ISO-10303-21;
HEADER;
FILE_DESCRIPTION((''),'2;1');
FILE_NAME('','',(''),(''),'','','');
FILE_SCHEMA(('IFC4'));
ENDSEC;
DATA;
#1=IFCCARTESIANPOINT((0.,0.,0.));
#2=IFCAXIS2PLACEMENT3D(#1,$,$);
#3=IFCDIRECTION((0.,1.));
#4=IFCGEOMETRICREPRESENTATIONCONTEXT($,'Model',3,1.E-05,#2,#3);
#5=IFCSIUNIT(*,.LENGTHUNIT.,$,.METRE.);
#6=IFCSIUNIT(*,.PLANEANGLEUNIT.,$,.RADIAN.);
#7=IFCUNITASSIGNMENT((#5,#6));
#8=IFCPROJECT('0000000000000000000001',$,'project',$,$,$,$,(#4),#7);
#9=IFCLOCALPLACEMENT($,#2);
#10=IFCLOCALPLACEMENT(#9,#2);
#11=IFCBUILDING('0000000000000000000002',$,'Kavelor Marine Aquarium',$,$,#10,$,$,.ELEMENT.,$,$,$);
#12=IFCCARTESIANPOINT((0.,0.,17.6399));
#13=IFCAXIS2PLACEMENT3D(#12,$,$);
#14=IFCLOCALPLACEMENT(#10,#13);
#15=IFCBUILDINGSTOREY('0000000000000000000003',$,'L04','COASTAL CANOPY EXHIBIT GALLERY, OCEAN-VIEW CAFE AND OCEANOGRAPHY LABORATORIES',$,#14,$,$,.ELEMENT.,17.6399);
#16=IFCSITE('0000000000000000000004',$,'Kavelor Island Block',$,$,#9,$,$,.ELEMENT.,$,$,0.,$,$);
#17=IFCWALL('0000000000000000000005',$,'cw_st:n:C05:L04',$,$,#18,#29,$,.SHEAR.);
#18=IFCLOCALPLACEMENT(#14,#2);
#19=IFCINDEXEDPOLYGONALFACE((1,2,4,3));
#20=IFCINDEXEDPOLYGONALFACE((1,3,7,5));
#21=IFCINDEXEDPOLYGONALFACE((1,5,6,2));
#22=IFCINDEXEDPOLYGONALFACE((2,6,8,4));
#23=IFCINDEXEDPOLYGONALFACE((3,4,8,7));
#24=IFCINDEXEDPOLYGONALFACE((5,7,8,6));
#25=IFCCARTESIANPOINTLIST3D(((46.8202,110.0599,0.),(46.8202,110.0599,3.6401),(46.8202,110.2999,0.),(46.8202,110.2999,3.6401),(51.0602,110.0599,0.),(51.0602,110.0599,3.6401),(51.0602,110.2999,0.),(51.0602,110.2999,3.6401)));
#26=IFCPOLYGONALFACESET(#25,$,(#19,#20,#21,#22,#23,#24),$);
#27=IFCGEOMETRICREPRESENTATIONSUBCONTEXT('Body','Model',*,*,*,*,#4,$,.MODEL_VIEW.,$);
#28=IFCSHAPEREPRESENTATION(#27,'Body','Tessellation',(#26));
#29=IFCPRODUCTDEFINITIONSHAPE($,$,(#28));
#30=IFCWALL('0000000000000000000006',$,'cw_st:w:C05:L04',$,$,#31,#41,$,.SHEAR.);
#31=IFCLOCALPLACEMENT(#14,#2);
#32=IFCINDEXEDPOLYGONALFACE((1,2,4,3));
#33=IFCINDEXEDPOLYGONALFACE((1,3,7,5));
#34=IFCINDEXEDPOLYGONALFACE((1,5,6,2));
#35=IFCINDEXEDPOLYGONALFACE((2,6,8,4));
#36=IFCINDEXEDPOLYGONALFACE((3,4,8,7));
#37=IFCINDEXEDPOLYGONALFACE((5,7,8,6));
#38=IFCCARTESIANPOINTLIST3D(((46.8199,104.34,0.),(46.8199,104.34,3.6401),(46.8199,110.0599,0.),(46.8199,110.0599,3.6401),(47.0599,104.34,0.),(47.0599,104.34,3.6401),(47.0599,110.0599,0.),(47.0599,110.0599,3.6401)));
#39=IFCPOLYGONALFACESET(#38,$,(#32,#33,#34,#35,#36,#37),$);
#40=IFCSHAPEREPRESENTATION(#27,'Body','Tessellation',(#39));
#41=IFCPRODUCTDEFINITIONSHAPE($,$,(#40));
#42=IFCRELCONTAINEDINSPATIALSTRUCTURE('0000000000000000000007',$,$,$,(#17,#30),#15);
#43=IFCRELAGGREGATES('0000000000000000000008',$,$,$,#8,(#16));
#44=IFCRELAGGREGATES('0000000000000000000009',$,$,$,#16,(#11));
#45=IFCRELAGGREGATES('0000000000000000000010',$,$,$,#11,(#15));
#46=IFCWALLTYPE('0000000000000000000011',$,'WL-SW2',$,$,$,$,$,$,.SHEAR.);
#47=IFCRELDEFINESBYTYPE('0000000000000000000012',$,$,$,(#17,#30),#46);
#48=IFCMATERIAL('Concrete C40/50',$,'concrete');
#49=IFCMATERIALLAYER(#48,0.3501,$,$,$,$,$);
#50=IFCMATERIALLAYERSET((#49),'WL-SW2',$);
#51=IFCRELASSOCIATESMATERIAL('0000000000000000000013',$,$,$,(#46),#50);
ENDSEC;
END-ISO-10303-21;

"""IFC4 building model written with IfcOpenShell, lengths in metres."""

from ifc_helpers import new_model, si_unit, direction, frame, frame_2d, origin, place, context, subcontext, project, spatial, rectangle, extrude, material, layer, layer_set, type_object, element, save


model = new_model("IFC4")

# Units and contexts
model_context = context("Model", 3, precision=1e-05, world=origin(), true_north=direction((0.0, 1.0)))
body_context = subcontext(model_context, "Body", "Model", "MODEL_VIEW")
ifc_project = project(units=[si_unit("LENGTHUNIT", "METRE"), si_unit("PLANEANGLEUNIT", "RADIAN")], contexts=[model_context])

# Site, building, storey
site_placement = place(None, origin())
site = spatial("IfcSite", under=ifc_project, at=site_placement, Name="Kavelor Island Block", CompositionType="ELEMENT", RefElevation=0.0)
building_placement = place(site_placement, origin())
building = spatial("IfcBuilding", under=site, at=building_placement, Name="Kavelor Marine Aquarium", CompositionType="ELEMENT")
storey_placement = place(building_placement, frame((0.0, 0.0, 17.6399)))
storey = spatial("IfcBuildingStorey", under=building, at=storey_placement, Name="L04", Description="COASTAL CANOPY EXHIBIT GALLERY, OCEAN-VIEW CAFE AND OCEANOGRAPHY LABORATORIES", CompositionType="ELEMENT", Elevation=17.6399)

# Walls
ifc_material_1 = material(Name="Concrete C40/50", Category="concrete")
ifc_layer_1 = layer(ifc_material_1, 0.3501)
ifc_layer_set_1 = layer_set([ifc_layer_1], Name="WL-SW2")
wall_type_1 = type_object("IfcWallType", Name="WL-SW2", PredefinedType="SHEAR", material=ifc_layer_set_1)
for number, where, z_axis, x_axis, name in (
    (1, (46.8201, 110.1799, 0.0), (0.0, 0.0, 1.0), (1.0, 0.0, 0.0), "cw_st:n:C05:L04"),
):
    element("IfcWall", number, at=place(storey_placement, frame(where, z_axis=z_axis, x_axis=x_axis)), inside=storey, type_object=wall_type_1, Name=name, PredefinedType="SHEAR", context=body_context, shape_type="SweptSolid", body=[
        extrude(rectangle(XDim=4.24, YDim=0.24, at=frame_2d((2.1201, 0.0))), origin(), (0.0, 0.0, 1.0), 3.6401),
    ])
wall_1_placement = place(storey_placement, frame((46.9399, 104.3401, 0.0), z_axis=(0.0, 0.0, 1.0), x_axis=(0.0, 1.0, 0.0)))
element("IfcWall", 2, at=wall_1_placement, inside=storey, type_object=wall_type_1, Name="cw_st:w:C05:L04", PredefinedType="SHEAR", context=body_context, shape_type="SweptSolid", body=[
    extrude(rectangle(XDim=5.72, YDim=0.24, at=frame_2d((2.8599, 0.0))), origin(), (0.0, 0.0, 1.0), 3.6401),
])

save(model, "model.ifc")
